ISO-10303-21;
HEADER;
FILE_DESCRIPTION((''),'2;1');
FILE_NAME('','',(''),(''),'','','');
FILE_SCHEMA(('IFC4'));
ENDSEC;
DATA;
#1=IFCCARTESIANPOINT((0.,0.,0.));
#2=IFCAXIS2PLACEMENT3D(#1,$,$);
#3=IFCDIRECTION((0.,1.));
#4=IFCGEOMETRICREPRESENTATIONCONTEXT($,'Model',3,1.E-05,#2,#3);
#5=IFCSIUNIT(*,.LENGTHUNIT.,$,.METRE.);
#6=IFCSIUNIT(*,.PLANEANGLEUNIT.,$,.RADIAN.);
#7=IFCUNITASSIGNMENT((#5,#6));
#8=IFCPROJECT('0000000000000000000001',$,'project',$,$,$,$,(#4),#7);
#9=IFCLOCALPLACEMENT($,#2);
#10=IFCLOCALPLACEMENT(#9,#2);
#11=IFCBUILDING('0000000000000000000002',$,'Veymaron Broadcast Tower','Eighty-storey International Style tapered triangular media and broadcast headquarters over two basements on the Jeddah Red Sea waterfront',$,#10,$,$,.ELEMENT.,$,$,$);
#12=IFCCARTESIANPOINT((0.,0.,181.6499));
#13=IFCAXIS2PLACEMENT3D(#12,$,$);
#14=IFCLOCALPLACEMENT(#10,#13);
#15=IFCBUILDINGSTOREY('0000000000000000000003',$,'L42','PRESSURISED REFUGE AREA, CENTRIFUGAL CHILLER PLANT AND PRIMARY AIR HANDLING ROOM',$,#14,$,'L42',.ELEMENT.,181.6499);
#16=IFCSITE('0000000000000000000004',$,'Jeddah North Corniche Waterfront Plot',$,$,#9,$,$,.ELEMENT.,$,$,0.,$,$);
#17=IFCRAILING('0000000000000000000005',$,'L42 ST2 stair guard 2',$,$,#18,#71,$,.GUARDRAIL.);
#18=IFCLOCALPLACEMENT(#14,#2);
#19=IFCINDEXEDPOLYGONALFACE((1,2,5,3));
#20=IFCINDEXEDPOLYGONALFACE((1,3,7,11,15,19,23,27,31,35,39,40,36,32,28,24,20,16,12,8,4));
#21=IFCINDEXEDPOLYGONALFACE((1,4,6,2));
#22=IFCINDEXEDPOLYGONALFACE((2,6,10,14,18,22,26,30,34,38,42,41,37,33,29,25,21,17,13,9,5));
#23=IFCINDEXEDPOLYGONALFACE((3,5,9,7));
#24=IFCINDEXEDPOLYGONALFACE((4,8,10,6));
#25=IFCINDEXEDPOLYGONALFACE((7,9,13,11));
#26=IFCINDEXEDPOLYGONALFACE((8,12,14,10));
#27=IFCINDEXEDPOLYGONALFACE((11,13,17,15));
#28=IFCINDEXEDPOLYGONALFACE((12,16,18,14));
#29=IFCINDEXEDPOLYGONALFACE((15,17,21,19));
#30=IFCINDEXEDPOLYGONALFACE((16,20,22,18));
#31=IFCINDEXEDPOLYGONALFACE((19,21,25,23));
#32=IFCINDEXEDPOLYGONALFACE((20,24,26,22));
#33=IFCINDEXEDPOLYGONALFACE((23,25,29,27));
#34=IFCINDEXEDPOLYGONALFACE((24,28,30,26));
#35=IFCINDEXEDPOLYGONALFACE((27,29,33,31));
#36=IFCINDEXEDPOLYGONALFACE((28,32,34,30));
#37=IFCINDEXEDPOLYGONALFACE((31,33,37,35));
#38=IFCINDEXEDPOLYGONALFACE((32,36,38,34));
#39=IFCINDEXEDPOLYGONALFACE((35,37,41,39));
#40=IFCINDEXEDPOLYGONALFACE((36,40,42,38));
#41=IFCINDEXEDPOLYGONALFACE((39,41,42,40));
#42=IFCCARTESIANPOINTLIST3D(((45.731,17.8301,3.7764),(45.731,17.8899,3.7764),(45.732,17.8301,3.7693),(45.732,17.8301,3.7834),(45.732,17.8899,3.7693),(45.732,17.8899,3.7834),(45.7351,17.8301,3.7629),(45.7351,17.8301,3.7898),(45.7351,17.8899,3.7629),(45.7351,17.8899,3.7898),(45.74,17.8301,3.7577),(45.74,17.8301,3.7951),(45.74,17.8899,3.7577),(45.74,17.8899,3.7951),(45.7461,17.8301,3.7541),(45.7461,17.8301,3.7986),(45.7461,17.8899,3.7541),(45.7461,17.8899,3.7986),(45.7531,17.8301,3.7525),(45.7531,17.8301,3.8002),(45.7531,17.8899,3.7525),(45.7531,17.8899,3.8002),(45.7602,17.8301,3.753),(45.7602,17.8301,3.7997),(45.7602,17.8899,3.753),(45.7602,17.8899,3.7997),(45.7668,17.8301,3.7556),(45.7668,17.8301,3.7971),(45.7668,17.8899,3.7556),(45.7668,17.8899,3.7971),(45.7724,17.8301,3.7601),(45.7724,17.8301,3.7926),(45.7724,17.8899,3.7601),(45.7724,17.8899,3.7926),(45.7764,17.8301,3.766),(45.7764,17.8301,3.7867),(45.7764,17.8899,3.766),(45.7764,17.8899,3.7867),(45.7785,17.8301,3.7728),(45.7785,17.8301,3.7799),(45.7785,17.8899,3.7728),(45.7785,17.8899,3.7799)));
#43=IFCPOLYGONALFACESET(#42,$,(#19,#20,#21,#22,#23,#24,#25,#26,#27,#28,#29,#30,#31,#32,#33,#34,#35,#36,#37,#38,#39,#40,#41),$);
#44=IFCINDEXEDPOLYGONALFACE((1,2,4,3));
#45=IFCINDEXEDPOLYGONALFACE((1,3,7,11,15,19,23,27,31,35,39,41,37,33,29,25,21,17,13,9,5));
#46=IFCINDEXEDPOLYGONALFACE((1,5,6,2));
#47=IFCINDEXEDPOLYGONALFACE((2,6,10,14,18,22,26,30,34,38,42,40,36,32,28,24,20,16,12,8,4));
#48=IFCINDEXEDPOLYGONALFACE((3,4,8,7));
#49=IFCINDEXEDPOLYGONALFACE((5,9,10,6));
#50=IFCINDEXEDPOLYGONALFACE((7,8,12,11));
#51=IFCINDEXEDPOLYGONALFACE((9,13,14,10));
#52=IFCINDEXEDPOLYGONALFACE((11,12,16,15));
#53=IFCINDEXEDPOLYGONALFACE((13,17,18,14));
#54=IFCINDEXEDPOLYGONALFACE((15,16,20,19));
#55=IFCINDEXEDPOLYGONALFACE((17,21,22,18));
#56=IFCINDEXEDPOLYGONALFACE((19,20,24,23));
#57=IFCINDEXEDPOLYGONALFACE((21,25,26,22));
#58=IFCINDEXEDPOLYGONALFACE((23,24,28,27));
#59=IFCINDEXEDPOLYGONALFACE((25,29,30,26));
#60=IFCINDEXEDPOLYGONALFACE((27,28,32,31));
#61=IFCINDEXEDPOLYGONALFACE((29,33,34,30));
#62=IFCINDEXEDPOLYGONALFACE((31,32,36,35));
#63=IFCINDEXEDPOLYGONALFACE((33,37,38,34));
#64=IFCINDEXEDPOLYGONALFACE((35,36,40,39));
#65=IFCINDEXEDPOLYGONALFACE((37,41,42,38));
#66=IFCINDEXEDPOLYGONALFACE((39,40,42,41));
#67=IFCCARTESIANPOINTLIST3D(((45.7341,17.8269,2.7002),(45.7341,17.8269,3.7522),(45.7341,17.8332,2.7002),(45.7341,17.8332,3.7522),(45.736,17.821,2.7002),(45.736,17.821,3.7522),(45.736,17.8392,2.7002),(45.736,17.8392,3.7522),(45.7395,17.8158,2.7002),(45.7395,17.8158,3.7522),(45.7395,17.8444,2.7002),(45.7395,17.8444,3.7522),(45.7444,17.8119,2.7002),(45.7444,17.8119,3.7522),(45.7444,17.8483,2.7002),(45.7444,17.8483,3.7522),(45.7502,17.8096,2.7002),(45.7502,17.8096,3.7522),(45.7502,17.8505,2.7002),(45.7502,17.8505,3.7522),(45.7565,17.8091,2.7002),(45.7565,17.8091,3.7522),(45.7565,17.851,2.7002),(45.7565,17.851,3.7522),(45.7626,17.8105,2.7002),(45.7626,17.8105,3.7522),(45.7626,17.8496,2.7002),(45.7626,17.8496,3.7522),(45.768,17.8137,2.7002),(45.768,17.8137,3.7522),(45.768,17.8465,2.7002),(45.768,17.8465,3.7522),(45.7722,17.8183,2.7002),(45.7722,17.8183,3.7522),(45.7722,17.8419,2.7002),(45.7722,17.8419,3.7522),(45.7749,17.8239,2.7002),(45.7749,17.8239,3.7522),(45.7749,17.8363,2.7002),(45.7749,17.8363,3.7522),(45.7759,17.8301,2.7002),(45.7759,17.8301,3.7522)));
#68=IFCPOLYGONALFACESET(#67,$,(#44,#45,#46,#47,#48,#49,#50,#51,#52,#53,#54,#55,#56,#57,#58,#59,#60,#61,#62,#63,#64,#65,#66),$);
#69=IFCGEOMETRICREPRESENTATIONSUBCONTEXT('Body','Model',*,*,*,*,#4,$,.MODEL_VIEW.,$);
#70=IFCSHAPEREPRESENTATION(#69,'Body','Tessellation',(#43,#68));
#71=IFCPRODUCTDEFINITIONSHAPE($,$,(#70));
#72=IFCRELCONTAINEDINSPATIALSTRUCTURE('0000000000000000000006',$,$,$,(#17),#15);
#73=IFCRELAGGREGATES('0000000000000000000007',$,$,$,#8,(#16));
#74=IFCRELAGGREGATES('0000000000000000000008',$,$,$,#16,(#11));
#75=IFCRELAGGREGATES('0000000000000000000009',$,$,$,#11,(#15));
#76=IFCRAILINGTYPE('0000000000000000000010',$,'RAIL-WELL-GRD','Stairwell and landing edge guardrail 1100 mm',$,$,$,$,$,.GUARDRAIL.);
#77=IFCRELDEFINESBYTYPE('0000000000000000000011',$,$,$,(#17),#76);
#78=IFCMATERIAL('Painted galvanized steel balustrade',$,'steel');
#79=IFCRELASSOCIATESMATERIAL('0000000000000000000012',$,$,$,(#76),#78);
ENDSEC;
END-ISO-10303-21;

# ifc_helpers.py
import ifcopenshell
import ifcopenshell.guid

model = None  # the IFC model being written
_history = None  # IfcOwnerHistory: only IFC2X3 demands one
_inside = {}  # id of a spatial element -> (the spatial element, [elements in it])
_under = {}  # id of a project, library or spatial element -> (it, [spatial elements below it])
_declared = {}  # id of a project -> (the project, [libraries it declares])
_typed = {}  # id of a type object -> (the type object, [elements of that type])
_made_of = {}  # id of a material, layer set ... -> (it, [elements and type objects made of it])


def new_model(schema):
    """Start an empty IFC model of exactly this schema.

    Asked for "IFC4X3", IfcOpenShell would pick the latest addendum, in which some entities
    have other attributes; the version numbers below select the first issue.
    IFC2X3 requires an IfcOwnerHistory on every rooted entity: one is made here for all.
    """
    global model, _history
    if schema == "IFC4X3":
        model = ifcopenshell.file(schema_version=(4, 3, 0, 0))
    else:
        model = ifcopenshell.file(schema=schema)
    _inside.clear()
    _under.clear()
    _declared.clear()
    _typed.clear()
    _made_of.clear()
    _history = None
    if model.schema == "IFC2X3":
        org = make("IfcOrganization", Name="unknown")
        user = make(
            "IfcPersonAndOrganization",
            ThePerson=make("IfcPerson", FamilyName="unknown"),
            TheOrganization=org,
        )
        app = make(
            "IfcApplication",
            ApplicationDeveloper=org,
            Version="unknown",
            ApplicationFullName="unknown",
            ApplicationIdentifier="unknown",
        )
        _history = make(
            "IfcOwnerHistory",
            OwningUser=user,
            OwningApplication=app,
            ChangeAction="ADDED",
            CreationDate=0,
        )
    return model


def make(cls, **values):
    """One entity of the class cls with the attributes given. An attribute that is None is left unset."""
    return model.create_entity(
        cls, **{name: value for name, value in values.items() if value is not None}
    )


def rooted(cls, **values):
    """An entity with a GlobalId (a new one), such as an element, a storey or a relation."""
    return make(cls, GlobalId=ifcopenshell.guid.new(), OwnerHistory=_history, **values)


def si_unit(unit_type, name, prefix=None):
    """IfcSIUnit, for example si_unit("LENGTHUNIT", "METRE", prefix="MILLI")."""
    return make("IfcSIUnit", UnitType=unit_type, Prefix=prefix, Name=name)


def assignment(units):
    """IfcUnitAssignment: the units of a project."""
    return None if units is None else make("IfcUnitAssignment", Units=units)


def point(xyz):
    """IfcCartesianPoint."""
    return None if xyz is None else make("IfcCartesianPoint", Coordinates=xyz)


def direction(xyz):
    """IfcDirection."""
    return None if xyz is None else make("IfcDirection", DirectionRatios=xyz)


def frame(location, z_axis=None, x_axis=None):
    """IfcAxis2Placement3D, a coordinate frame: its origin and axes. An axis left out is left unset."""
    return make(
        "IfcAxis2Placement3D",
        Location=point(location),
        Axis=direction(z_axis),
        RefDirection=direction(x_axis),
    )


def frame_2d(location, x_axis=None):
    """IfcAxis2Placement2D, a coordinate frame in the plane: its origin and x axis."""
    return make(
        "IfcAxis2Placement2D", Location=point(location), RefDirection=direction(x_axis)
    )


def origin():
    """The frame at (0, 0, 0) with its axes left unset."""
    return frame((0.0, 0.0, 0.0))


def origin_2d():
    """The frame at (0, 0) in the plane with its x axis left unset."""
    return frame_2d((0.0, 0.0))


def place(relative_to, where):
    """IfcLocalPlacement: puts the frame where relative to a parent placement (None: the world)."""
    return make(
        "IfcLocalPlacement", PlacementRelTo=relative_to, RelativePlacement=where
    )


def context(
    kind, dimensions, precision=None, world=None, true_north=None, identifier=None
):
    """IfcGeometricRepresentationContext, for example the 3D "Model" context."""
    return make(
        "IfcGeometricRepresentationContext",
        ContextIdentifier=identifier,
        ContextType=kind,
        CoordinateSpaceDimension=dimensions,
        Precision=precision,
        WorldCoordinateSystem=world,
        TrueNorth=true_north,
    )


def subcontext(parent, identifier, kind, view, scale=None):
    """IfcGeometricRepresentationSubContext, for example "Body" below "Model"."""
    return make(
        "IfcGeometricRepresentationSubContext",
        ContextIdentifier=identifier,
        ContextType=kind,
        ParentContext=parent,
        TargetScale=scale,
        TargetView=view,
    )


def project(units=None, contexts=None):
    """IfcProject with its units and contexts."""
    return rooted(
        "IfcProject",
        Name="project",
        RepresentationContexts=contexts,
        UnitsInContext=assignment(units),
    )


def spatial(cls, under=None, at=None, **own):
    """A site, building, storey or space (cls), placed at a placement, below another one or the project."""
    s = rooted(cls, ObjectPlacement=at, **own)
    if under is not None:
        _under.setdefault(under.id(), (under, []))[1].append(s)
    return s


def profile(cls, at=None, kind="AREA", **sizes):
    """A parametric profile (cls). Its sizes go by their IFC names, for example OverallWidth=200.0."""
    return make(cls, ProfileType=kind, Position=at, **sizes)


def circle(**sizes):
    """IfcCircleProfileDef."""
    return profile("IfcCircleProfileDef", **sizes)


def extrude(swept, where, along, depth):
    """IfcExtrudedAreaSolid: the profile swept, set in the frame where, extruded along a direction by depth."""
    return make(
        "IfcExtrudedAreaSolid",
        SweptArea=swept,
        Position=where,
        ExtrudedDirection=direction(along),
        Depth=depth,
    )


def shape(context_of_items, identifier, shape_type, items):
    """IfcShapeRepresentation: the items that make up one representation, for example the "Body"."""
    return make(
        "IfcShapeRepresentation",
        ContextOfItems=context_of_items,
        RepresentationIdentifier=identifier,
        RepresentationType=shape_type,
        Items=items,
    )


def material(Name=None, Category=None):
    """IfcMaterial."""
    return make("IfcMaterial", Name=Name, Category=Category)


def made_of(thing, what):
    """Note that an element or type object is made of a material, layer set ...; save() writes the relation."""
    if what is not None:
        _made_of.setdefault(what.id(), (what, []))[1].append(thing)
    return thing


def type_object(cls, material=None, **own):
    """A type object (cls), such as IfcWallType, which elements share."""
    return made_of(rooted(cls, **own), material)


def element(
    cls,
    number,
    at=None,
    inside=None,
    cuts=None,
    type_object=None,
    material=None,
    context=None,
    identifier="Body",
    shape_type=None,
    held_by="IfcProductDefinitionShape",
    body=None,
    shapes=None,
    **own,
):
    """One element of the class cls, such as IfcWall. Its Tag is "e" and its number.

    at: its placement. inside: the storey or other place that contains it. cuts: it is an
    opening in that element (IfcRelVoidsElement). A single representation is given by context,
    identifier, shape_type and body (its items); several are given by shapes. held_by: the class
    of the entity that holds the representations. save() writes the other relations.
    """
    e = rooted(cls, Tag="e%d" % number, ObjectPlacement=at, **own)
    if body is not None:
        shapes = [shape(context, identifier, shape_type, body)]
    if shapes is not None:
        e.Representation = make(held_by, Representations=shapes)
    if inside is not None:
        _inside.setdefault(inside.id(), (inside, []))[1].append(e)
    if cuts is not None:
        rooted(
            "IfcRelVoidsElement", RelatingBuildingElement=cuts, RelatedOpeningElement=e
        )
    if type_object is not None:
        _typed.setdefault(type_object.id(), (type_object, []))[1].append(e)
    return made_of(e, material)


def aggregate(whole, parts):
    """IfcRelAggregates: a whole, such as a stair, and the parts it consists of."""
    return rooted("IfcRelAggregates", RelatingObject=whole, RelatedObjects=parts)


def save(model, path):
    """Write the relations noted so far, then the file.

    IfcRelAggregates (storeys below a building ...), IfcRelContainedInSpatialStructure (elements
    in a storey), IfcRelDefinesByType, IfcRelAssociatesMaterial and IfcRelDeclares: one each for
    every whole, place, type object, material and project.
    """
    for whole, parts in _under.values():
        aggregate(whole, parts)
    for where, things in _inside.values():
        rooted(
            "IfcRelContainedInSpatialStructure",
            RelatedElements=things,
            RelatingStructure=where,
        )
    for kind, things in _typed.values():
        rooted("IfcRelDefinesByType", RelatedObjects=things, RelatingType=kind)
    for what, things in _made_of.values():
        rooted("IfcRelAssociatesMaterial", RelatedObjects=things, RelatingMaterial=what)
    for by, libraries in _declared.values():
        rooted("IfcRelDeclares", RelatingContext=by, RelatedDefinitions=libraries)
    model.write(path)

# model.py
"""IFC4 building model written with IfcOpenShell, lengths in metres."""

from ifc_helpers import new_model, si_unit, direction, frame, origin, origin_2d, place, context, subcontext, project, spatial, circle, extrude, material, type_object, element, save


model = new_model("IFC4")

# Units and contexts
model_context = context("Model", 3, precision=1e-05, world=origin(), true_north=direction((0.0, 1.0)))
body_context = subcontext(model_context, "Body", "Model", "MODEL_VIEW")
ifc_project = project(units=[si_unit("LENGTHUNIT", "METRE"), si_unit("PLANEANGLEUNIT", "RADIAN")], contexts=[model_context])

# Site, building, storey
site_placement = place(None, origin())
site = spatial("IfcSite", under=ifc_project, at=site_placement, Name="Jeddah North Corniche Waterfront Plot", CompositionType="ELEMENT", RefElevation=0.0)
building_placement = place(site_placement, origin())
building = spatial("IfcBuilding", under=site, at=building_placement, Name="Veymaron Broadcast Tower", Description="Eighty-storey International Style tapered triangular media and broadcast headquarters over two basements on the Jeddah Red Sea waterfront", CompositionType="ELEMENT")
storey_placement = place(building_placement, frame((0.0, 0.0, 181.6499)))
storey = spatial("IfcBuildingStorey", under=building, at=storey_placement, Name="L42", Description="PRESSURISED REFUGE AREA, CENTRIFUGAL CHILLER PLANT AND PRIMARY AIR HANDLING ROOM", LongName="L42", CompositionType="ELEMENT", Elevation=181.6499)

# Railing
ifc_material_1 = material(Name="Painted galvanized steel balustrade", Category="steel")
railing_type_1 = type_object("IfcRailingType", Name="RAIL-WELL-GRD", Description="Stairwell and landing edge guardrail 1100 mm", PredefinedType="GUARDRAIL", material=ifc_material_1)
railing_1_placement = place(storey_placement, frame((45.7549, 17.8301, 2.7002)))
element("IfcRailing", 1, at=railing_1_placement, inside=storey, type_object=railing_type_1, Name="L42 ST2 stair guard 2", PredefinedType="GUARDRAIL", context=body_context, shape_type="SweptSolid", body=[
    extrude(circle(Radius=0.0239, at=origin_2d()), frame((0.0, 0.0, 1.0762), z_axis=(0.0, 1.0, 0.0), x_axis=(-1.0, 0.0, 0.0)), (0.0, 0.0, 1.0), 0.0598),
    extrude(circle(Radius=0.021, at=origin_2d()), origin(), (0.0, 0.0, 1.0), 1.052),
])

save(model, "model.ifc")
